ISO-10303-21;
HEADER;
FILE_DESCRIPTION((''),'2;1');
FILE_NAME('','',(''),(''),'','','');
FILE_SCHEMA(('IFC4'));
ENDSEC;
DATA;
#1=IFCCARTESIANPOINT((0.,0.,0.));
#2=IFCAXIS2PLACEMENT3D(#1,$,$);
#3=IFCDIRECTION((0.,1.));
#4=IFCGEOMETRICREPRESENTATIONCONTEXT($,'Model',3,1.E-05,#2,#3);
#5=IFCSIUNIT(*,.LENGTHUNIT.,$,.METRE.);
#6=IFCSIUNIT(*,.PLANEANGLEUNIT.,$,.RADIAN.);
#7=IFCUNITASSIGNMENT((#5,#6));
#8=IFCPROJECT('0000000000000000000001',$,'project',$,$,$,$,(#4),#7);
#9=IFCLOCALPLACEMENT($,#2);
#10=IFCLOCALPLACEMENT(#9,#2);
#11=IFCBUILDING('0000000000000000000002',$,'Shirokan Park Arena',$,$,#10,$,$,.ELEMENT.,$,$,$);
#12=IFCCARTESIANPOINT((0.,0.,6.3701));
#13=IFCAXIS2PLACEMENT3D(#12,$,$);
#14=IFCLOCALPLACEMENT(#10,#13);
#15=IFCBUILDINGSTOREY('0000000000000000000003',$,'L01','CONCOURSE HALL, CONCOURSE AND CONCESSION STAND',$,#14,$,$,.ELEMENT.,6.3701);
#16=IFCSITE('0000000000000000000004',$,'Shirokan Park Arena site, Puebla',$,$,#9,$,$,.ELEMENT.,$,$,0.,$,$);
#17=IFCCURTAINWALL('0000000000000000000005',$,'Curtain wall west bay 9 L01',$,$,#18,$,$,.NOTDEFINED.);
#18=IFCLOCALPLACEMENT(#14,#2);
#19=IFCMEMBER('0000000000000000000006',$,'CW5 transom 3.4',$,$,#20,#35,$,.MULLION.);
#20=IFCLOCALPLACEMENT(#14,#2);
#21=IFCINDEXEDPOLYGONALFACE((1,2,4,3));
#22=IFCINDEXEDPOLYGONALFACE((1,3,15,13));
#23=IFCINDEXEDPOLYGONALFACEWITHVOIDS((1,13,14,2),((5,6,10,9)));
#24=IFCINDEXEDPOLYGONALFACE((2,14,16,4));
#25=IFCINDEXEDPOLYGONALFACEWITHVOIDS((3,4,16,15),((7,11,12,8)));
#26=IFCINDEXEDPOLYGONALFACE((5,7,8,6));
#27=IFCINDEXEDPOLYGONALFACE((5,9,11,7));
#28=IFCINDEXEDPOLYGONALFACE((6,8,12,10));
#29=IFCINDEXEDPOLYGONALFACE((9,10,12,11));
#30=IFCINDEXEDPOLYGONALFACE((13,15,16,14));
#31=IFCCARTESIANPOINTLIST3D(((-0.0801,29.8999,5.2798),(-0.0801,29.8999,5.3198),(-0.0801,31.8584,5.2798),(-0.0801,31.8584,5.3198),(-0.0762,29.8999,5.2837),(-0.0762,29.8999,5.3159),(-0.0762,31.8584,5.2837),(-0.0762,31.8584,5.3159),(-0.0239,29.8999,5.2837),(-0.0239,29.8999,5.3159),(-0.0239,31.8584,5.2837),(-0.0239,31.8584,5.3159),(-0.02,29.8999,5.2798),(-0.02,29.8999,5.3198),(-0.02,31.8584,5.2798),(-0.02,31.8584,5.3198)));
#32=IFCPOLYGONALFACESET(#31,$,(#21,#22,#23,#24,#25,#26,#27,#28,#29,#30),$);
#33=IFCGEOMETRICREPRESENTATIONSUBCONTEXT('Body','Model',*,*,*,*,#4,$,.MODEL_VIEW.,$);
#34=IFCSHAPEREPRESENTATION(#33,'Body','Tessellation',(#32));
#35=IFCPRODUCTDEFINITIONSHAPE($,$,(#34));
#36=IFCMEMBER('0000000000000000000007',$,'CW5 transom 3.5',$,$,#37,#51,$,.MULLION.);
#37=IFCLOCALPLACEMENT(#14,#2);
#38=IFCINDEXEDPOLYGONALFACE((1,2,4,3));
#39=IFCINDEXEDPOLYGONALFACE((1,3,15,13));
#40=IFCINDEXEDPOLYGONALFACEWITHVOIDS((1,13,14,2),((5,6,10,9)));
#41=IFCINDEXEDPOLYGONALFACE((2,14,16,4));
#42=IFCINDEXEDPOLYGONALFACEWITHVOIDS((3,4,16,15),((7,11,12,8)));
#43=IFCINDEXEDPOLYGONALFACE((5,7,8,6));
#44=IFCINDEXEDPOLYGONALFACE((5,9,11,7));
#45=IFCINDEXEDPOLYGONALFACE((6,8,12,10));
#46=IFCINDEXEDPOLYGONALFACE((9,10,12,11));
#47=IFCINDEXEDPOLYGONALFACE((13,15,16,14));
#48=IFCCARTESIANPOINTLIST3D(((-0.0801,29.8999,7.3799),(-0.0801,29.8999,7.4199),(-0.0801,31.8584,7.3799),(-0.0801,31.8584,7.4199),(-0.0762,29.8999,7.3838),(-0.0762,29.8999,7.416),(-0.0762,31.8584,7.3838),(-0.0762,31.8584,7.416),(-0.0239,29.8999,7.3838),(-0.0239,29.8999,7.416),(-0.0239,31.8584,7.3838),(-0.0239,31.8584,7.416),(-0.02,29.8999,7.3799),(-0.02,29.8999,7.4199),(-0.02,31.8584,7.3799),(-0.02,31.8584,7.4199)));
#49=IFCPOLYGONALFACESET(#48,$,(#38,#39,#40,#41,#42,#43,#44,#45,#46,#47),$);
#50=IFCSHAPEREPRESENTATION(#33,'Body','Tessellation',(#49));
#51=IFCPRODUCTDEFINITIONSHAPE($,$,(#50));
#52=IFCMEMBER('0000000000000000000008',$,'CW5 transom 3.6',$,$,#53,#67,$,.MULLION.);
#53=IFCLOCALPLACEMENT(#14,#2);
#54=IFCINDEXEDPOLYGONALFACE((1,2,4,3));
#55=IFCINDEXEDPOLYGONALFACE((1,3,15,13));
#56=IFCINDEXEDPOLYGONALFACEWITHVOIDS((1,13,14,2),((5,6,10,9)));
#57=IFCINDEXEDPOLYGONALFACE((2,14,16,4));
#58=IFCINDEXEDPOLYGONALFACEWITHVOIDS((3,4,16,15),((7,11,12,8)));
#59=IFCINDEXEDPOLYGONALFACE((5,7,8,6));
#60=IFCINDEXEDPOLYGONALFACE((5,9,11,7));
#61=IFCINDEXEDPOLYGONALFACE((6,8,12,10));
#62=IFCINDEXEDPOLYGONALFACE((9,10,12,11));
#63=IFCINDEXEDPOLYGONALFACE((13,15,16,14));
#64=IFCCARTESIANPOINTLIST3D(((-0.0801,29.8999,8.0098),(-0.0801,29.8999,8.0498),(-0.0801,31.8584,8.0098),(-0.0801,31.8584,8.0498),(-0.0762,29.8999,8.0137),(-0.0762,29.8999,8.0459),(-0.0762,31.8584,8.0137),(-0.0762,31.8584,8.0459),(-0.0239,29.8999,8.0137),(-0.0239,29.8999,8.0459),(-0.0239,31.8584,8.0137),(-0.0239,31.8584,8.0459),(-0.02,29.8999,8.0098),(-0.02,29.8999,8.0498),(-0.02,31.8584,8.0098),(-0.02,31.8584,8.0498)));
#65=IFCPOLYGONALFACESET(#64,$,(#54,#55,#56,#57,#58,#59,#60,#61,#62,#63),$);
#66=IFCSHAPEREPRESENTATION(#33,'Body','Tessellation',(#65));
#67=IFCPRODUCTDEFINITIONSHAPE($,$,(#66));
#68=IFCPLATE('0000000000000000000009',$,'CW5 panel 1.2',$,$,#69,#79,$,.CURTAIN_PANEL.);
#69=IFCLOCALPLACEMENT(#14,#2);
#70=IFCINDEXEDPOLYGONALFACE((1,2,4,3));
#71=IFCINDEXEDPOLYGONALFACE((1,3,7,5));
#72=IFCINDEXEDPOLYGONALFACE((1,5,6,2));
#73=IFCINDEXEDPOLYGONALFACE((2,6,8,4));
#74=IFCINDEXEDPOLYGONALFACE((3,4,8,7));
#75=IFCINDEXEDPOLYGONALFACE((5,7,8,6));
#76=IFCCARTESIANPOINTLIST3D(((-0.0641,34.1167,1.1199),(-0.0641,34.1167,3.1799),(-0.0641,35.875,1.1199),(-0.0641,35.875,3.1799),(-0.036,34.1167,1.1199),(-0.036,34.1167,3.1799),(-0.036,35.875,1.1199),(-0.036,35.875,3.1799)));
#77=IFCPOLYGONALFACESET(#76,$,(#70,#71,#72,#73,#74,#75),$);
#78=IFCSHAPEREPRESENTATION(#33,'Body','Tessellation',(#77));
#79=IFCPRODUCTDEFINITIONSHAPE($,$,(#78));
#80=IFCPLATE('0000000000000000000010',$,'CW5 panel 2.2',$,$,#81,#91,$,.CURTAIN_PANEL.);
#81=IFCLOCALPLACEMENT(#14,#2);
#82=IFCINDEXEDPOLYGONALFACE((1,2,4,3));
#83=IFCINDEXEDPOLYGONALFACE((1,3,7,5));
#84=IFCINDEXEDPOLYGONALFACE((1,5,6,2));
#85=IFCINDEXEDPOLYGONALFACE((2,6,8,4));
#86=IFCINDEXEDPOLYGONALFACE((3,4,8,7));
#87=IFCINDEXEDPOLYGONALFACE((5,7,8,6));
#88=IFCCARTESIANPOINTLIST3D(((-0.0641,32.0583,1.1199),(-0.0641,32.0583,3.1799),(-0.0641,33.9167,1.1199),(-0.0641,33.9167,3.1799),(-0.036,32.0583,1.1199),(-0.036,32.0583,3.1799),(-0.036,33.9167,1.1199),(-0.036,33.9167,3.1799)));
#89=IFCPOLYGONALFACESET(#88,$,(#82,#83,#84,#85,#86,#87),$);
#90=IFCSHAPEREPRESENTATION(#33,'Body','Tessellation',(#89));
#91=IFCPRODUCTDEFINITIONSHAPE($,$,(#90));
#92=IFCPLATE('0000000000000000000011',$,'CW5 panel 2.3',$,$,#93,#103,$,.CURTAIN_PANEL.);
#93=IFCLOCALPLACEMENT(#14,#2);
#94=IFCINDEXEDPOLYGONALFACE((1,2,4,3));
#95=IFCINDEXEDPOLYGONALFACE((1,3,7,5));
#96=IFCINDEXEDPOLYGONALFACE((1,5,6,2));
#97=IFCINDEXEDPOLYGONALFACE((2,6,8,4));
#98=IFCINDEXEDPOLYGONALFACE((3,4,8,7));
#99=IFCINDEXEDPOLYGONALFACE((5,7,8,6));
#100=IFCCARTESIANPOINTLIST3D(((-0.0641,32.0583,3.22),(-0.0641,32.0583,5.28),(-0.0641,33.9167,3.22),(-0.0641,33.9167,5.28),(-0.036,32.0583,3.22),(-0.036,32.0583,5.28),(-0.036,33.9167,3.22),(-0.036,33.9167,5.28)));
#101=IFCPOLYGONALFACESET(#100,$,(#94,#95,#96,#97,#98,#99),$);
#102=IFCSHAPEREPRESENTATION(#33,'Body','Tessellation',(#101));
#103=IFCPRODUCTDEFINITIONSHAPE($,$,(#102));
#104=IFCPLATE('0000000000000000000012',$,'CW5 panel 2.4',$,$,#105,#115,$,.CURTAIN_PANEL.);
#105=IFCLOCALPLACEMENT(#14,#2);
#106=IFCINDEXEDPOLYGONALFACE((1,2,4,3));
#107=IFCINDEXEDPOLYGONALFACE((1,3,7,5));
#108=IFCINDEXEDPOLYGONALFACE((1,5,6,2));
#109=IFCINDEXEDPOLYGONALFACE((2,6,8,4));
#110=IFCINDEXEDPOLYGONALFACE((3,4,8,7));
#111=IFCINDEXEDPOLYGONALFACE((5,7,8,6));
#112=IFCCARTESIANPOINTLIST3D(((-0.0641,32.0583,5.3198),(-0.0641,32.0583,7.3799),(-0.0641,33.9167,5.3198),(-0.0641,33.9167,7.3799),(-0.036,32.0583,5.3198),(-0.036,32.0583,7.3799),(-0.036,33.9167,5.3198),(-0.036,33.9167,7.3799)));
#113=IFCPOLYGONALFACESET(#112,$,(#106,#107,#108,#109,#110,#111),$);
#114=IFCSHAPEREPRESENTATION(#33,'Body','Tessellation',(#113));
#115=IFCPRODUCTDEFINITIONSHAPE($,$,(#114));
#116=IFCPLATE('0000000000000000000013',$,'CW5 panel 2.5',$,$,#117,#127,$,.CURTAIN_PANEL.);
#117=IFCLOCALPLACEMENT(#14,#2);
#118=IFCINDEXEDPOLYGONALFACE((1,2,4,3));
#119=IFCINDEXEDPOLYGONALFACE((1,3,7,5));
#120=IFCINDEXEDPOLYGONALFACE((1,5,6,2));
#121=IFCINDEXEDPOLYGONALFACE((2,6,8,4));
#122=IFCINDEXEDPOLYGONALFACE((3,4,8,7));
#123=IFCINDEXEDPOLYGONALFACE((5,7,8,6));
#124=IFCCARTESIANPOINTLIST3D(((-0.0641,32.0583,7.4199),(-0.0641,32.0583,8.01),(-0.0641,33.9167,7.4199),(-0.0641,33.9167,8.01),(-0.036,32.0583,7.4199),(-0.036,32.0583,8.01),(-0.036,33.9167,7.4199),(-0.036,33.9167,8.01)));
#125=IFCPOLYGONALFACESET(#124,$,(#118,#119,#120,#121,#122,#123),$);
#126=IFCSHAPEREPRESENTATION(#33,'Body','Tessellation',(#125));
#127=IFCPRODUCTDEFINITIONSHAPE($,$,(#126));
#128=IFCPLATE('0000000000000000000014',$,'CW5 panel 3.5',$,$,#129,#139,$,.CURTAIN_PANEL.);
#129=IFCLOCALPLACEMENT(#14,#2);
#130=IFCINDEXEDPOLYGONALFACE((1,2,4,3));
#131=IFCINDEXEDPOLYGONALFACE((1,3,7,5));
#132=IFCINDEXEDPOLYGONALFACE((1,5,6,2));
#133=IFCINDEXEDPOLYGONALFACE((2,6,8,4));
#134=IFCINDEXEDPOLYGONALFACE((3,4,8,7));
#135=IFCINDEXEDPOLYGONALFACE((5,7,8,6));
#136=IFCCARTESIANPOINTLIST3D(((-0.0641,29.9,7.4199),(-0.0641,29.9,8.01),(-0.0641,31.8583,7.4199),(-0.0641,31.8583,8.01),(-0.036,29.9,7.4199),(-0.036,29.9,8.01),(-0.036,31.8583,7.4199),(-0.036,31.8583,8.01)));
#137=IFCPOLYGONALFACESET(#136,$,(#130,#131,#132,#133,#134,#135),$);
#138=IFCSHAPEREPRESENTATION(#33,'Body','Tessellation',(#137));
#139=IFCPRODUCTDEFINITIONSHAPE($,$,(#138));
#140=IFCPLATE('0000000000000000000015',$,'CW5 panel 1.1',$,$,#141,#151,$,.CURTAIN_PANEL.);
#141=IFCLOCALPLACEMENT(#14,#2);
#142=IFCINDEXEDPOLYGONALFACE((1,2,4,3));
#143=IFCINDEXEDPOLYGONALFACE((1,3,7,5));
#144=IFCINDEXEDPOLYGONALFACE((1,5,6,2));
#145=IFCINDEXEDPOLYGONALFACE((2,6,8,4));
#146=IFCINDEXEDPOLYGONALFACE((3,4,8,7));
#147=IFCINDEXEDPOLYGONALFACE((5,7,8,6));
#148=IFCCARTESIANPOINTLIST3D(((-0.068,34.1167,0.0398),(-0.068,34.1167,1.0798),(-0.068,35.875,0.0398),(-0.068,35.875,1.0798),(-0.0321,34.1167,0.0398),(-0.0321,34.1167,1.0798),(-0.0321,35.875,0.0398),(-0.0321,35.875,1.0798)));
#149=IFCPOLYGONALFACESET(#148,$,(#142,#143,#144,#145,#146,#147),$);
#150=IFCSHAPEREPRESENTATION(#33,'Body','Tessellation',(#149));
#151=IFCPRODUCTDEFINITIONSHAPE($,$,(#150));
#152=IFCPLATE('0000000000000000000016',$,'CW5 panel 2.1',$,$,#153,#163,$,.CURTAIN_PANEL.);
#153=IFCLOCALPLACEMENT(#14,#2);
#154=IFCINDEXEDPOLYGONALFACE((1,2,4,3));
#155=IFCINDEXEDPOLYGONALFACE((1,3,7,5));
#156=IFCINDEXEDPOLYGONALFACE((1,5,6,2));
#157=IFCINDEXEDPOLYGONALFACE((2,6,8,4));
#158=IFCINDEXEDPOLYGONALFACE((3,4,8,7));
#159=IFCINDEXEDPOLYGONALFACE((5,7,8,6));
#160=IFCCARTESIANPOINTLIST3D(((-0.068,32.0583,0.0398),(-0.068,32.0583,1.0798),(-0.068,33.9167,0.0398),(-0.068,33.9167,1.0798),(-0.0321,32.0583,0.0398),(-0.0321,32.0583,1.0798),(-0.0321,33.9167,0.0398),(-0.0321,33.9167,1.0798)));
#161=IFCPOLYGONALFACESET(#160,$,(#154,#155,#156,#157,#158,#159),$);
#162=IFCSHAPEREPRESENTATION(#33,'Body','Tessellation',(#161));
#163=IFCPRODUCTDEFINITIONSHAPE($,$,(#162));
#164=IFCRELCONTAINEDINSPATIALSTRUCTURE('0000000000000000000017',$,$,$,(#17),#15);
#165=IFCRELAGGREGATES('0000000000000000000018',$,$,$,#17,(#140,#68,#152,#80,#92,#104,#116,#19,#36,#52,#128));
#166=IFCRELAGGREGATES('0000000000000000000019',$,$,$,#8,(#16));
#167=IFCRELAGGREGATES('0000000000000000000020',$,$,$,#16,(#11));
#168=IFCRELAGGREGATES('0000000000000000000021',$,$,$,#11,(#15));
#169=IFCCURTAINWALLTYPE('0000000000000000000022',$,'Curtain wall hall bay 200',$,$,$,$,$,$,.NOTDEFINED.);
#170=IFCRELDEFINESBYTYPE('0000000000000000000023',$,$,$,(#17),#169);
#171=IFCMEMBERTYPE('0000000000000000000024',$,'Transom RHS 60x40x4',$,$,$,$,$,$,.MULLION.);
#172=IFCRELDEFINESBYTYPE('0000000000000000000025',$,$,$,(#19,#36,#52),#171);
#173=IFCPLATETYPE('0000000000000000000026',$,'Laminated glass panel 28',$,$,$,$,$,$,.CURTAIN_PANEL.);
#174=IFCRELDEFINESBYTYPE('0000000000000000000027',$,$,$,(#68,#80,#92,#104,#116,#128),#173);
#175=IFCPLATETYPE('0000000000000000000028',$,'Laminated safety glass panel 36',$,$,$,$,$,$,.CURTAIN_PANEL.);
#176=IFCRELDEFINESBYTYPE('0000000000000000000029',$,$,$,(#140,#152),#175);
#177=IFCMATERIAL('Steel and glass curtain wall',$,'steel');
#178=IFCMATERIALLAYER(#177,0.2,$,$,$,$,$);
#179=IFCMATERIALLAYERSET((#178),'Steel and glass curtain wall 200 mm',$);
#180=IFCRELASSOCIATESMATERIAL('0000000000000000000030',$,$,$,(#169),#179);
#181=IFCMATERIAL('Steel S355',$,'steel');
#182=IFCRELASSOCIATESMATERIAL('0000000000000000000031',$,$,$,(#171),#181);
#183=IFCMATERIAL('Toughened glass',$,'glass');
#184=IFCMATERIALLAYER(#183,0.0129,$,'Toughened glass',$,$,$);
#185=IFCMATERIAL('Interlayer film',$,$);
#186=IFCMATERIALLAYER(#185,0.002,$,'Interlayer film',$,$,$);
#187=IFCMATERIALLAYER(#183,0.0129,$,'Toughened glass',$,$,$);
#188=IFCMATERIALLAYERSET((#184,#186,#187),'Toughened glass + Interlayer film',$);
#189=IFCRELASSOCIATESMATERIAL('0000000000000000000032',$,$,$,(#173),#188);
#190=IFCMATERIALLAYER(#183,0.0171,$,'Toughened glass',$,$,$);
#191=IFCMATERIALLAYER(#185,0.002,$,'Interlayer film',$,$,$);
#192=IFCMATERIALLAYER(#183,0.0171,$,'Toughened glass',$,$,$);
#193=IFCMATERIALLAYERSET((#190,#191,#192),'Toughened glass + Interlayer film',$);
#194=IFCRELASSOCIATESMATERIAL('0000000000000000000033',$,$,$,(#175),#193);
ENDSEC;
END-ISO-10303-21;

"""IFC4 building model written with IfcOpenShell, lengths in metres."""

from ifc_helpers import new_model, si_unit, direction, frame, origin, origin_2d, place, context, subcontext, project, spatial, rectangle, hollow_rectangle, extrude, material, layer, layer_set, material_profile, profile_set, type_object, element, aggregate, save


model = new_model("IFC4")

# Units and contexts
model_context = context("Model", 3, precision=1e-05, world=origin(), true_north=direction((0.0, 1.0)))
body_context = subcontext(model_context, "Body", "Model", "MODEL_VIEW")
ifc_project = project(units=[si_unit("LENGTHUNIT", "METRE"), si_unit("PLANEANGLEUNIT", "RADIAN")], contexts=[model_context])

# Site, building, storey
site_placement = place(None, origin())
site = spatial("IfcSite", under=ifc_project, at=site_placement, Name="Shirokan Park Arena site, Puebla", CompositionType="ELEMENT", RefElevation=0.0)
building_placement = place(site_placement, origin())
building = spatial("IfcBuilding", under=site, at=building_placement, Name="Shirokan Park Arena", CompositionType="ELEMENT")
storey_placement = place(building_placement, frame((0.0, 0.0, 6.3701)))
storey = spatial("IfcBuildingStorey", under=building, at=storey_placement, Name="L01", Description="CONCOURSE HALL, CONCOURSE AND CONCESSION STAND", CompositionType="ELEMENT", Elevation=6.3701)

# Curtain wall, members, plates
ifc_material_1 = material(Name="Steel and glass curtain wall", Category="steel")
ifc_layer_1 = layer(ifc_material_1, 0.2)
ifc_layer_set_1 = layer_set([ifc_layer_1], Name="Steel and glass curtain wall 200 mm")
curtain_wall_type = type_object("IfcCurtainWallType", Name="Curtain wall hall bay 200", PredefinedType="NOTDEFINED", material=ifc_layer_set_1)
curtain_wall_placement = place(storey_placement, origin())
curtain_wall = element("IfcCurtainWall", 1, at=curtain_wall_placement, inside=storey, type_object=curtain_wall_type, Name="Curtain wall west bay 9 L01", PredefinedType="NOTDEFINED")
ifc_material_2 = material(Name="Steel S355", Category="steel")
ifc_material_profile_1 = material_profile(ifc_material_2, hollow_rectangle(XDim=0.0601, YDim=0.04, WallThickness=0.0039, at=origin_2d()), Name="RHS 60x40x4")
ifc_profile_set_1 = profile_set([ifc_material_profile_1], Name="Steel S355")
member_type_1 = type_object("IfcMemberType", Name="Transom RHS 60x40x4", PredefinedType="MULLION", material=ifc_profile_set_1)
member_1_placement = place(storey_placement, frame((-0.05, 31.8584, 5.2998), z_axis=(0.0, -1.0, 0.0), x_axis=(1.0, 0.0, 0.0)))
member_1 = element("IfcMember", 2, at=member_1_placement, type_object=member_type_1, Name="CW5 transom 3.4", PredefinedType="MULLION", context=body_context, shape_type="SweptSolid", body=[
    extrude(hollow_rectangle(XDim=0.0601, YDim=0.04, WallThickness=0.0039, at=origin_2d()), origin(), (0.0, 0.0, 1.0), 1.9585),
])
member_2_placement = place(storey_placement, frame((-0.05, 31.8584, 7.3999), z_axis=(0.0, -1.0, 0.0), x_axis=(1.0, 0.0, 0.0)))
member_2 = element("IfcMember", 3, at=member_2_placement, type_object=member_type_1, Name="CW5 transom 3.5", PredefinedType="MULLION", context=body_context, shape_type="SweptSolid", body=[
    extrude(hollow_rectangle(XDim=0.0601, YDim=0.04, WallThickness=0.0039, at=origin_2d()), origin(), (0.0, 0.0, 1.0), 1.9585),
])
member_3_placement = place(storey_placement, frame((-0.05, 31.8584, 8.0298), z_axis=(0.0, -1.0, 0.0), x_axis=(1.0, 0.0, 0.0)))
member_3 = element("IfcMember", 4, at=member_3_placement, type_object=member_type_1, Name="CW5 transom 3.6", PredefinedType="MULLION", context=body_context, shape_type="SweptSolid", body=[
    extrude(hollow_rectangle(XDim=0.0601, YDim=0.04, WallThickness=0.0039, at=origin_2d()), origin(), (0.0, 0.0, 1.0), 1.9585),
])
ifc_material_3 = material(Name="Toughened glass", Category="glass")
ifc_layer_2 = layer(ifc_material_3, 0.0129, Name="Toughened glass")
ifc_material_4 = material(Name="Interlayer film")
ifc_layer_3 = layer(ifc_material_4, 0.002, Name="Interlayer film")
ifc_layer_4 = layer(ifc_material_3, 0.0129, Name="Toughened glass")
ifc_layer_set_2 = layer_set([ifc_layer_2, ifc_layer_3, ifc_layer_4], Name="Toughened glass + Interlayer film")
plate_type_1 = type_object("IfcPlateType", Name="Laminated glass panel 28", PredefinedType="CURTAIN_PANEL", material=ifc_layer_set_2)
plate_1_placement = place(storey_placement, frame((-0.05, 34.9958, 1.1199), z_axis=(0.0, 0.0, 1.0), x_axis=(0.0, -1.0, 0.0)))
plate_1 = element("IfcPlate", 5, at=plate_1_placement, type_object=plate_type_1, Name="CW5 panel 1.2", PredefinedType="CURTAIN_PANEL", context=body_context, shape_type="SweptSolid", body=[
    extrude(rectangle(XDim=1.7583, YDim=0.0281, at=origin_2d()), origin(), (0.0, 0.0, 1.0), 2.0601),
])
plate_2_placement = place(storey_placement, frame((-0.05, 32.9875, 1.1199), z_axis=(0.0, 0.0, 1.0), x_axis=(0.0, -1.0, 0.0)))
plate_2 = element("IfcPlate", 6, at=plate_2_placement, type_object=plate_type_1, Name="CW5 panel 2.2", PredefinedType="CURTAIN_PANEL", context=body_context, shape_type="SweptSolid", body=[
    extrude(rectangle(XDim=1.8584, YDim=0.0281, at=origin_2d()), origin(), (0.0, 0.0, 1.0), 2.0601),
])
plate_3_placement = place(storey_placement, frame((-0.05, 32.9875, 3.22), z_axis=(0.0, 0.0, 1.0), x_axis=(0.0, -1.0, 0.0)))
plate_3 = element("IfcPlate", 7, at=plate_3_placement, type_object=plate_type_1, Name="CW5 panel 2.3", PredefinedType="CURTAIN_PANEL", context=body_context, shape_type="SweptSolid", body=[
    extrude(rectangle(XDim=1.8584, YDim=0.0281, at=origin_2d()), origin(), (0.0, 0.0, 1.0), 2.0601),
])
plate_4_placement = place(storey_placement, frame((-0.05, 32.9875, 5.3198), z_axis=(0.0, 0.0, 1.0), x_axis=(0.0, -1.0, 0.0)))
plate_4 = element("IfcPlate", 8, at=plate_4_placement, type_object=plate_type_1, Name="CW5 panel 2.4", PredefinedType="CURTAIN_PANEL", context=body_context, shape_type="SweptSolid", body=[
    extrude(rectangle(XDim=1.8584, YDim=0.0281, at=origin_2d()), origin(), (0.0, 0.0, 1.0), 2.0601),
])
plate_5_placement = place(storey_placement, frame((-0.05, 32.9875, 7.4199), z_axis=(0.0, 0.0, 1.0), x_axis=(0.0, -1.0, 0.0)))
plate_5 = element("IfcPlate", 9, at=plate_5_placement, type_object=plate_type_1, Name="CW5 panel 2.5", PredefinedType="CURTAIN_PANEL", context=body_context, shape_type="SweptSolid", body=[
    extrude(rectangle(XDim=1.8584, YDim=0.0281, at=origin_2d()), origin(), (0.0, 0.0, 1.0), 0.5901),
])
plate_6_placement = place(storey_placement, frame((-0.05, 30.8792, 7.4199), z_axis=(0.0, 0.0, 1.0), x_axis=(0.0, -1.0, 0.0)))
plate_6 = element("IfcPlate", 10, at=plate_6_placement, type_object=plate_type_1, Name="CW5 panel 3.5", PredefinedType="CURTAIN_PANEL", context=body_context, shape_type="SweptSolid", body=[
    extrude(rectangle(XDim=1.9583, YDim=0.0281, at=origin_2d()), origin(), (0.0, 0.0, 1.0), 0.5901),
])
ifc_layer_5 = layer(ifc_material_3, 0.0171, Name="Toughened glass")
ifc_layer_6 = layer(ifc_material_4, 0.002, Name="Interlayer film")
ifc_layer_7 = layer(ifc_material_3, 0.0171, Name="Toughened glass")
ifc_layer_set_3 = layer_set([ifc_layer_5, ifc_layer_6, ifc_layer_7], Name="Toughened glass + Interlayer film")
plate_type_2 = type_object("IfcPlateType", Name="Laminated safety glass panel 36", PredefinedType="CURTAIN_PANEL", material=ifc_layer_set_3)
plate_7_placement = place(storey_placement, frame((-0.05, 34.9958, 0.0398), z_axis=(0.0, 0.0, 1.0), x_axis=(0.0, -1.0, 0.0)))
plate_7 = element("IfcPlate", 11, at=plate_7_placement, type_object=plate_type_2, Name="CW5 panel 1.1", PredefinedType="CURTAIN_PANEL", context=body_context, shape_type="SweptSolid", body=[
    extrude(rectangle(XDim=1.7583, YDim=0.0359, at=origin_2d()), origin(), (0.0, 0.0, 1.0), 1.04),
])
plate_8_placement = place(storey_placement, frame((-0.05, 32.9875, 0.0398), z_axis=(0.0, 0.0, 1.0), x_axis=(0.0, -1.0, 0.0)))
plate_8 = element("IfcPlate", 12, at=plate_8_placement, type_object=plate_type_2, Name="CW5 panel 2.1", PredefinedType="CURTAIN_PANEL", context=body_context, shape_type="SweptSolid", body=[
    extrude(rectangle(XDim=1.8584, YDim=0.0359, at=origin_2d()), origin(), (0.0, 0.0, 1.0), 1.04),
])
aggregate(curtain_wall, [plate_7, plate_1, plate_8, plate_2, plate_3, plate_4, plate_5, member_1, member_2, member_3, plate_6])

save(model, "model.ifc")
